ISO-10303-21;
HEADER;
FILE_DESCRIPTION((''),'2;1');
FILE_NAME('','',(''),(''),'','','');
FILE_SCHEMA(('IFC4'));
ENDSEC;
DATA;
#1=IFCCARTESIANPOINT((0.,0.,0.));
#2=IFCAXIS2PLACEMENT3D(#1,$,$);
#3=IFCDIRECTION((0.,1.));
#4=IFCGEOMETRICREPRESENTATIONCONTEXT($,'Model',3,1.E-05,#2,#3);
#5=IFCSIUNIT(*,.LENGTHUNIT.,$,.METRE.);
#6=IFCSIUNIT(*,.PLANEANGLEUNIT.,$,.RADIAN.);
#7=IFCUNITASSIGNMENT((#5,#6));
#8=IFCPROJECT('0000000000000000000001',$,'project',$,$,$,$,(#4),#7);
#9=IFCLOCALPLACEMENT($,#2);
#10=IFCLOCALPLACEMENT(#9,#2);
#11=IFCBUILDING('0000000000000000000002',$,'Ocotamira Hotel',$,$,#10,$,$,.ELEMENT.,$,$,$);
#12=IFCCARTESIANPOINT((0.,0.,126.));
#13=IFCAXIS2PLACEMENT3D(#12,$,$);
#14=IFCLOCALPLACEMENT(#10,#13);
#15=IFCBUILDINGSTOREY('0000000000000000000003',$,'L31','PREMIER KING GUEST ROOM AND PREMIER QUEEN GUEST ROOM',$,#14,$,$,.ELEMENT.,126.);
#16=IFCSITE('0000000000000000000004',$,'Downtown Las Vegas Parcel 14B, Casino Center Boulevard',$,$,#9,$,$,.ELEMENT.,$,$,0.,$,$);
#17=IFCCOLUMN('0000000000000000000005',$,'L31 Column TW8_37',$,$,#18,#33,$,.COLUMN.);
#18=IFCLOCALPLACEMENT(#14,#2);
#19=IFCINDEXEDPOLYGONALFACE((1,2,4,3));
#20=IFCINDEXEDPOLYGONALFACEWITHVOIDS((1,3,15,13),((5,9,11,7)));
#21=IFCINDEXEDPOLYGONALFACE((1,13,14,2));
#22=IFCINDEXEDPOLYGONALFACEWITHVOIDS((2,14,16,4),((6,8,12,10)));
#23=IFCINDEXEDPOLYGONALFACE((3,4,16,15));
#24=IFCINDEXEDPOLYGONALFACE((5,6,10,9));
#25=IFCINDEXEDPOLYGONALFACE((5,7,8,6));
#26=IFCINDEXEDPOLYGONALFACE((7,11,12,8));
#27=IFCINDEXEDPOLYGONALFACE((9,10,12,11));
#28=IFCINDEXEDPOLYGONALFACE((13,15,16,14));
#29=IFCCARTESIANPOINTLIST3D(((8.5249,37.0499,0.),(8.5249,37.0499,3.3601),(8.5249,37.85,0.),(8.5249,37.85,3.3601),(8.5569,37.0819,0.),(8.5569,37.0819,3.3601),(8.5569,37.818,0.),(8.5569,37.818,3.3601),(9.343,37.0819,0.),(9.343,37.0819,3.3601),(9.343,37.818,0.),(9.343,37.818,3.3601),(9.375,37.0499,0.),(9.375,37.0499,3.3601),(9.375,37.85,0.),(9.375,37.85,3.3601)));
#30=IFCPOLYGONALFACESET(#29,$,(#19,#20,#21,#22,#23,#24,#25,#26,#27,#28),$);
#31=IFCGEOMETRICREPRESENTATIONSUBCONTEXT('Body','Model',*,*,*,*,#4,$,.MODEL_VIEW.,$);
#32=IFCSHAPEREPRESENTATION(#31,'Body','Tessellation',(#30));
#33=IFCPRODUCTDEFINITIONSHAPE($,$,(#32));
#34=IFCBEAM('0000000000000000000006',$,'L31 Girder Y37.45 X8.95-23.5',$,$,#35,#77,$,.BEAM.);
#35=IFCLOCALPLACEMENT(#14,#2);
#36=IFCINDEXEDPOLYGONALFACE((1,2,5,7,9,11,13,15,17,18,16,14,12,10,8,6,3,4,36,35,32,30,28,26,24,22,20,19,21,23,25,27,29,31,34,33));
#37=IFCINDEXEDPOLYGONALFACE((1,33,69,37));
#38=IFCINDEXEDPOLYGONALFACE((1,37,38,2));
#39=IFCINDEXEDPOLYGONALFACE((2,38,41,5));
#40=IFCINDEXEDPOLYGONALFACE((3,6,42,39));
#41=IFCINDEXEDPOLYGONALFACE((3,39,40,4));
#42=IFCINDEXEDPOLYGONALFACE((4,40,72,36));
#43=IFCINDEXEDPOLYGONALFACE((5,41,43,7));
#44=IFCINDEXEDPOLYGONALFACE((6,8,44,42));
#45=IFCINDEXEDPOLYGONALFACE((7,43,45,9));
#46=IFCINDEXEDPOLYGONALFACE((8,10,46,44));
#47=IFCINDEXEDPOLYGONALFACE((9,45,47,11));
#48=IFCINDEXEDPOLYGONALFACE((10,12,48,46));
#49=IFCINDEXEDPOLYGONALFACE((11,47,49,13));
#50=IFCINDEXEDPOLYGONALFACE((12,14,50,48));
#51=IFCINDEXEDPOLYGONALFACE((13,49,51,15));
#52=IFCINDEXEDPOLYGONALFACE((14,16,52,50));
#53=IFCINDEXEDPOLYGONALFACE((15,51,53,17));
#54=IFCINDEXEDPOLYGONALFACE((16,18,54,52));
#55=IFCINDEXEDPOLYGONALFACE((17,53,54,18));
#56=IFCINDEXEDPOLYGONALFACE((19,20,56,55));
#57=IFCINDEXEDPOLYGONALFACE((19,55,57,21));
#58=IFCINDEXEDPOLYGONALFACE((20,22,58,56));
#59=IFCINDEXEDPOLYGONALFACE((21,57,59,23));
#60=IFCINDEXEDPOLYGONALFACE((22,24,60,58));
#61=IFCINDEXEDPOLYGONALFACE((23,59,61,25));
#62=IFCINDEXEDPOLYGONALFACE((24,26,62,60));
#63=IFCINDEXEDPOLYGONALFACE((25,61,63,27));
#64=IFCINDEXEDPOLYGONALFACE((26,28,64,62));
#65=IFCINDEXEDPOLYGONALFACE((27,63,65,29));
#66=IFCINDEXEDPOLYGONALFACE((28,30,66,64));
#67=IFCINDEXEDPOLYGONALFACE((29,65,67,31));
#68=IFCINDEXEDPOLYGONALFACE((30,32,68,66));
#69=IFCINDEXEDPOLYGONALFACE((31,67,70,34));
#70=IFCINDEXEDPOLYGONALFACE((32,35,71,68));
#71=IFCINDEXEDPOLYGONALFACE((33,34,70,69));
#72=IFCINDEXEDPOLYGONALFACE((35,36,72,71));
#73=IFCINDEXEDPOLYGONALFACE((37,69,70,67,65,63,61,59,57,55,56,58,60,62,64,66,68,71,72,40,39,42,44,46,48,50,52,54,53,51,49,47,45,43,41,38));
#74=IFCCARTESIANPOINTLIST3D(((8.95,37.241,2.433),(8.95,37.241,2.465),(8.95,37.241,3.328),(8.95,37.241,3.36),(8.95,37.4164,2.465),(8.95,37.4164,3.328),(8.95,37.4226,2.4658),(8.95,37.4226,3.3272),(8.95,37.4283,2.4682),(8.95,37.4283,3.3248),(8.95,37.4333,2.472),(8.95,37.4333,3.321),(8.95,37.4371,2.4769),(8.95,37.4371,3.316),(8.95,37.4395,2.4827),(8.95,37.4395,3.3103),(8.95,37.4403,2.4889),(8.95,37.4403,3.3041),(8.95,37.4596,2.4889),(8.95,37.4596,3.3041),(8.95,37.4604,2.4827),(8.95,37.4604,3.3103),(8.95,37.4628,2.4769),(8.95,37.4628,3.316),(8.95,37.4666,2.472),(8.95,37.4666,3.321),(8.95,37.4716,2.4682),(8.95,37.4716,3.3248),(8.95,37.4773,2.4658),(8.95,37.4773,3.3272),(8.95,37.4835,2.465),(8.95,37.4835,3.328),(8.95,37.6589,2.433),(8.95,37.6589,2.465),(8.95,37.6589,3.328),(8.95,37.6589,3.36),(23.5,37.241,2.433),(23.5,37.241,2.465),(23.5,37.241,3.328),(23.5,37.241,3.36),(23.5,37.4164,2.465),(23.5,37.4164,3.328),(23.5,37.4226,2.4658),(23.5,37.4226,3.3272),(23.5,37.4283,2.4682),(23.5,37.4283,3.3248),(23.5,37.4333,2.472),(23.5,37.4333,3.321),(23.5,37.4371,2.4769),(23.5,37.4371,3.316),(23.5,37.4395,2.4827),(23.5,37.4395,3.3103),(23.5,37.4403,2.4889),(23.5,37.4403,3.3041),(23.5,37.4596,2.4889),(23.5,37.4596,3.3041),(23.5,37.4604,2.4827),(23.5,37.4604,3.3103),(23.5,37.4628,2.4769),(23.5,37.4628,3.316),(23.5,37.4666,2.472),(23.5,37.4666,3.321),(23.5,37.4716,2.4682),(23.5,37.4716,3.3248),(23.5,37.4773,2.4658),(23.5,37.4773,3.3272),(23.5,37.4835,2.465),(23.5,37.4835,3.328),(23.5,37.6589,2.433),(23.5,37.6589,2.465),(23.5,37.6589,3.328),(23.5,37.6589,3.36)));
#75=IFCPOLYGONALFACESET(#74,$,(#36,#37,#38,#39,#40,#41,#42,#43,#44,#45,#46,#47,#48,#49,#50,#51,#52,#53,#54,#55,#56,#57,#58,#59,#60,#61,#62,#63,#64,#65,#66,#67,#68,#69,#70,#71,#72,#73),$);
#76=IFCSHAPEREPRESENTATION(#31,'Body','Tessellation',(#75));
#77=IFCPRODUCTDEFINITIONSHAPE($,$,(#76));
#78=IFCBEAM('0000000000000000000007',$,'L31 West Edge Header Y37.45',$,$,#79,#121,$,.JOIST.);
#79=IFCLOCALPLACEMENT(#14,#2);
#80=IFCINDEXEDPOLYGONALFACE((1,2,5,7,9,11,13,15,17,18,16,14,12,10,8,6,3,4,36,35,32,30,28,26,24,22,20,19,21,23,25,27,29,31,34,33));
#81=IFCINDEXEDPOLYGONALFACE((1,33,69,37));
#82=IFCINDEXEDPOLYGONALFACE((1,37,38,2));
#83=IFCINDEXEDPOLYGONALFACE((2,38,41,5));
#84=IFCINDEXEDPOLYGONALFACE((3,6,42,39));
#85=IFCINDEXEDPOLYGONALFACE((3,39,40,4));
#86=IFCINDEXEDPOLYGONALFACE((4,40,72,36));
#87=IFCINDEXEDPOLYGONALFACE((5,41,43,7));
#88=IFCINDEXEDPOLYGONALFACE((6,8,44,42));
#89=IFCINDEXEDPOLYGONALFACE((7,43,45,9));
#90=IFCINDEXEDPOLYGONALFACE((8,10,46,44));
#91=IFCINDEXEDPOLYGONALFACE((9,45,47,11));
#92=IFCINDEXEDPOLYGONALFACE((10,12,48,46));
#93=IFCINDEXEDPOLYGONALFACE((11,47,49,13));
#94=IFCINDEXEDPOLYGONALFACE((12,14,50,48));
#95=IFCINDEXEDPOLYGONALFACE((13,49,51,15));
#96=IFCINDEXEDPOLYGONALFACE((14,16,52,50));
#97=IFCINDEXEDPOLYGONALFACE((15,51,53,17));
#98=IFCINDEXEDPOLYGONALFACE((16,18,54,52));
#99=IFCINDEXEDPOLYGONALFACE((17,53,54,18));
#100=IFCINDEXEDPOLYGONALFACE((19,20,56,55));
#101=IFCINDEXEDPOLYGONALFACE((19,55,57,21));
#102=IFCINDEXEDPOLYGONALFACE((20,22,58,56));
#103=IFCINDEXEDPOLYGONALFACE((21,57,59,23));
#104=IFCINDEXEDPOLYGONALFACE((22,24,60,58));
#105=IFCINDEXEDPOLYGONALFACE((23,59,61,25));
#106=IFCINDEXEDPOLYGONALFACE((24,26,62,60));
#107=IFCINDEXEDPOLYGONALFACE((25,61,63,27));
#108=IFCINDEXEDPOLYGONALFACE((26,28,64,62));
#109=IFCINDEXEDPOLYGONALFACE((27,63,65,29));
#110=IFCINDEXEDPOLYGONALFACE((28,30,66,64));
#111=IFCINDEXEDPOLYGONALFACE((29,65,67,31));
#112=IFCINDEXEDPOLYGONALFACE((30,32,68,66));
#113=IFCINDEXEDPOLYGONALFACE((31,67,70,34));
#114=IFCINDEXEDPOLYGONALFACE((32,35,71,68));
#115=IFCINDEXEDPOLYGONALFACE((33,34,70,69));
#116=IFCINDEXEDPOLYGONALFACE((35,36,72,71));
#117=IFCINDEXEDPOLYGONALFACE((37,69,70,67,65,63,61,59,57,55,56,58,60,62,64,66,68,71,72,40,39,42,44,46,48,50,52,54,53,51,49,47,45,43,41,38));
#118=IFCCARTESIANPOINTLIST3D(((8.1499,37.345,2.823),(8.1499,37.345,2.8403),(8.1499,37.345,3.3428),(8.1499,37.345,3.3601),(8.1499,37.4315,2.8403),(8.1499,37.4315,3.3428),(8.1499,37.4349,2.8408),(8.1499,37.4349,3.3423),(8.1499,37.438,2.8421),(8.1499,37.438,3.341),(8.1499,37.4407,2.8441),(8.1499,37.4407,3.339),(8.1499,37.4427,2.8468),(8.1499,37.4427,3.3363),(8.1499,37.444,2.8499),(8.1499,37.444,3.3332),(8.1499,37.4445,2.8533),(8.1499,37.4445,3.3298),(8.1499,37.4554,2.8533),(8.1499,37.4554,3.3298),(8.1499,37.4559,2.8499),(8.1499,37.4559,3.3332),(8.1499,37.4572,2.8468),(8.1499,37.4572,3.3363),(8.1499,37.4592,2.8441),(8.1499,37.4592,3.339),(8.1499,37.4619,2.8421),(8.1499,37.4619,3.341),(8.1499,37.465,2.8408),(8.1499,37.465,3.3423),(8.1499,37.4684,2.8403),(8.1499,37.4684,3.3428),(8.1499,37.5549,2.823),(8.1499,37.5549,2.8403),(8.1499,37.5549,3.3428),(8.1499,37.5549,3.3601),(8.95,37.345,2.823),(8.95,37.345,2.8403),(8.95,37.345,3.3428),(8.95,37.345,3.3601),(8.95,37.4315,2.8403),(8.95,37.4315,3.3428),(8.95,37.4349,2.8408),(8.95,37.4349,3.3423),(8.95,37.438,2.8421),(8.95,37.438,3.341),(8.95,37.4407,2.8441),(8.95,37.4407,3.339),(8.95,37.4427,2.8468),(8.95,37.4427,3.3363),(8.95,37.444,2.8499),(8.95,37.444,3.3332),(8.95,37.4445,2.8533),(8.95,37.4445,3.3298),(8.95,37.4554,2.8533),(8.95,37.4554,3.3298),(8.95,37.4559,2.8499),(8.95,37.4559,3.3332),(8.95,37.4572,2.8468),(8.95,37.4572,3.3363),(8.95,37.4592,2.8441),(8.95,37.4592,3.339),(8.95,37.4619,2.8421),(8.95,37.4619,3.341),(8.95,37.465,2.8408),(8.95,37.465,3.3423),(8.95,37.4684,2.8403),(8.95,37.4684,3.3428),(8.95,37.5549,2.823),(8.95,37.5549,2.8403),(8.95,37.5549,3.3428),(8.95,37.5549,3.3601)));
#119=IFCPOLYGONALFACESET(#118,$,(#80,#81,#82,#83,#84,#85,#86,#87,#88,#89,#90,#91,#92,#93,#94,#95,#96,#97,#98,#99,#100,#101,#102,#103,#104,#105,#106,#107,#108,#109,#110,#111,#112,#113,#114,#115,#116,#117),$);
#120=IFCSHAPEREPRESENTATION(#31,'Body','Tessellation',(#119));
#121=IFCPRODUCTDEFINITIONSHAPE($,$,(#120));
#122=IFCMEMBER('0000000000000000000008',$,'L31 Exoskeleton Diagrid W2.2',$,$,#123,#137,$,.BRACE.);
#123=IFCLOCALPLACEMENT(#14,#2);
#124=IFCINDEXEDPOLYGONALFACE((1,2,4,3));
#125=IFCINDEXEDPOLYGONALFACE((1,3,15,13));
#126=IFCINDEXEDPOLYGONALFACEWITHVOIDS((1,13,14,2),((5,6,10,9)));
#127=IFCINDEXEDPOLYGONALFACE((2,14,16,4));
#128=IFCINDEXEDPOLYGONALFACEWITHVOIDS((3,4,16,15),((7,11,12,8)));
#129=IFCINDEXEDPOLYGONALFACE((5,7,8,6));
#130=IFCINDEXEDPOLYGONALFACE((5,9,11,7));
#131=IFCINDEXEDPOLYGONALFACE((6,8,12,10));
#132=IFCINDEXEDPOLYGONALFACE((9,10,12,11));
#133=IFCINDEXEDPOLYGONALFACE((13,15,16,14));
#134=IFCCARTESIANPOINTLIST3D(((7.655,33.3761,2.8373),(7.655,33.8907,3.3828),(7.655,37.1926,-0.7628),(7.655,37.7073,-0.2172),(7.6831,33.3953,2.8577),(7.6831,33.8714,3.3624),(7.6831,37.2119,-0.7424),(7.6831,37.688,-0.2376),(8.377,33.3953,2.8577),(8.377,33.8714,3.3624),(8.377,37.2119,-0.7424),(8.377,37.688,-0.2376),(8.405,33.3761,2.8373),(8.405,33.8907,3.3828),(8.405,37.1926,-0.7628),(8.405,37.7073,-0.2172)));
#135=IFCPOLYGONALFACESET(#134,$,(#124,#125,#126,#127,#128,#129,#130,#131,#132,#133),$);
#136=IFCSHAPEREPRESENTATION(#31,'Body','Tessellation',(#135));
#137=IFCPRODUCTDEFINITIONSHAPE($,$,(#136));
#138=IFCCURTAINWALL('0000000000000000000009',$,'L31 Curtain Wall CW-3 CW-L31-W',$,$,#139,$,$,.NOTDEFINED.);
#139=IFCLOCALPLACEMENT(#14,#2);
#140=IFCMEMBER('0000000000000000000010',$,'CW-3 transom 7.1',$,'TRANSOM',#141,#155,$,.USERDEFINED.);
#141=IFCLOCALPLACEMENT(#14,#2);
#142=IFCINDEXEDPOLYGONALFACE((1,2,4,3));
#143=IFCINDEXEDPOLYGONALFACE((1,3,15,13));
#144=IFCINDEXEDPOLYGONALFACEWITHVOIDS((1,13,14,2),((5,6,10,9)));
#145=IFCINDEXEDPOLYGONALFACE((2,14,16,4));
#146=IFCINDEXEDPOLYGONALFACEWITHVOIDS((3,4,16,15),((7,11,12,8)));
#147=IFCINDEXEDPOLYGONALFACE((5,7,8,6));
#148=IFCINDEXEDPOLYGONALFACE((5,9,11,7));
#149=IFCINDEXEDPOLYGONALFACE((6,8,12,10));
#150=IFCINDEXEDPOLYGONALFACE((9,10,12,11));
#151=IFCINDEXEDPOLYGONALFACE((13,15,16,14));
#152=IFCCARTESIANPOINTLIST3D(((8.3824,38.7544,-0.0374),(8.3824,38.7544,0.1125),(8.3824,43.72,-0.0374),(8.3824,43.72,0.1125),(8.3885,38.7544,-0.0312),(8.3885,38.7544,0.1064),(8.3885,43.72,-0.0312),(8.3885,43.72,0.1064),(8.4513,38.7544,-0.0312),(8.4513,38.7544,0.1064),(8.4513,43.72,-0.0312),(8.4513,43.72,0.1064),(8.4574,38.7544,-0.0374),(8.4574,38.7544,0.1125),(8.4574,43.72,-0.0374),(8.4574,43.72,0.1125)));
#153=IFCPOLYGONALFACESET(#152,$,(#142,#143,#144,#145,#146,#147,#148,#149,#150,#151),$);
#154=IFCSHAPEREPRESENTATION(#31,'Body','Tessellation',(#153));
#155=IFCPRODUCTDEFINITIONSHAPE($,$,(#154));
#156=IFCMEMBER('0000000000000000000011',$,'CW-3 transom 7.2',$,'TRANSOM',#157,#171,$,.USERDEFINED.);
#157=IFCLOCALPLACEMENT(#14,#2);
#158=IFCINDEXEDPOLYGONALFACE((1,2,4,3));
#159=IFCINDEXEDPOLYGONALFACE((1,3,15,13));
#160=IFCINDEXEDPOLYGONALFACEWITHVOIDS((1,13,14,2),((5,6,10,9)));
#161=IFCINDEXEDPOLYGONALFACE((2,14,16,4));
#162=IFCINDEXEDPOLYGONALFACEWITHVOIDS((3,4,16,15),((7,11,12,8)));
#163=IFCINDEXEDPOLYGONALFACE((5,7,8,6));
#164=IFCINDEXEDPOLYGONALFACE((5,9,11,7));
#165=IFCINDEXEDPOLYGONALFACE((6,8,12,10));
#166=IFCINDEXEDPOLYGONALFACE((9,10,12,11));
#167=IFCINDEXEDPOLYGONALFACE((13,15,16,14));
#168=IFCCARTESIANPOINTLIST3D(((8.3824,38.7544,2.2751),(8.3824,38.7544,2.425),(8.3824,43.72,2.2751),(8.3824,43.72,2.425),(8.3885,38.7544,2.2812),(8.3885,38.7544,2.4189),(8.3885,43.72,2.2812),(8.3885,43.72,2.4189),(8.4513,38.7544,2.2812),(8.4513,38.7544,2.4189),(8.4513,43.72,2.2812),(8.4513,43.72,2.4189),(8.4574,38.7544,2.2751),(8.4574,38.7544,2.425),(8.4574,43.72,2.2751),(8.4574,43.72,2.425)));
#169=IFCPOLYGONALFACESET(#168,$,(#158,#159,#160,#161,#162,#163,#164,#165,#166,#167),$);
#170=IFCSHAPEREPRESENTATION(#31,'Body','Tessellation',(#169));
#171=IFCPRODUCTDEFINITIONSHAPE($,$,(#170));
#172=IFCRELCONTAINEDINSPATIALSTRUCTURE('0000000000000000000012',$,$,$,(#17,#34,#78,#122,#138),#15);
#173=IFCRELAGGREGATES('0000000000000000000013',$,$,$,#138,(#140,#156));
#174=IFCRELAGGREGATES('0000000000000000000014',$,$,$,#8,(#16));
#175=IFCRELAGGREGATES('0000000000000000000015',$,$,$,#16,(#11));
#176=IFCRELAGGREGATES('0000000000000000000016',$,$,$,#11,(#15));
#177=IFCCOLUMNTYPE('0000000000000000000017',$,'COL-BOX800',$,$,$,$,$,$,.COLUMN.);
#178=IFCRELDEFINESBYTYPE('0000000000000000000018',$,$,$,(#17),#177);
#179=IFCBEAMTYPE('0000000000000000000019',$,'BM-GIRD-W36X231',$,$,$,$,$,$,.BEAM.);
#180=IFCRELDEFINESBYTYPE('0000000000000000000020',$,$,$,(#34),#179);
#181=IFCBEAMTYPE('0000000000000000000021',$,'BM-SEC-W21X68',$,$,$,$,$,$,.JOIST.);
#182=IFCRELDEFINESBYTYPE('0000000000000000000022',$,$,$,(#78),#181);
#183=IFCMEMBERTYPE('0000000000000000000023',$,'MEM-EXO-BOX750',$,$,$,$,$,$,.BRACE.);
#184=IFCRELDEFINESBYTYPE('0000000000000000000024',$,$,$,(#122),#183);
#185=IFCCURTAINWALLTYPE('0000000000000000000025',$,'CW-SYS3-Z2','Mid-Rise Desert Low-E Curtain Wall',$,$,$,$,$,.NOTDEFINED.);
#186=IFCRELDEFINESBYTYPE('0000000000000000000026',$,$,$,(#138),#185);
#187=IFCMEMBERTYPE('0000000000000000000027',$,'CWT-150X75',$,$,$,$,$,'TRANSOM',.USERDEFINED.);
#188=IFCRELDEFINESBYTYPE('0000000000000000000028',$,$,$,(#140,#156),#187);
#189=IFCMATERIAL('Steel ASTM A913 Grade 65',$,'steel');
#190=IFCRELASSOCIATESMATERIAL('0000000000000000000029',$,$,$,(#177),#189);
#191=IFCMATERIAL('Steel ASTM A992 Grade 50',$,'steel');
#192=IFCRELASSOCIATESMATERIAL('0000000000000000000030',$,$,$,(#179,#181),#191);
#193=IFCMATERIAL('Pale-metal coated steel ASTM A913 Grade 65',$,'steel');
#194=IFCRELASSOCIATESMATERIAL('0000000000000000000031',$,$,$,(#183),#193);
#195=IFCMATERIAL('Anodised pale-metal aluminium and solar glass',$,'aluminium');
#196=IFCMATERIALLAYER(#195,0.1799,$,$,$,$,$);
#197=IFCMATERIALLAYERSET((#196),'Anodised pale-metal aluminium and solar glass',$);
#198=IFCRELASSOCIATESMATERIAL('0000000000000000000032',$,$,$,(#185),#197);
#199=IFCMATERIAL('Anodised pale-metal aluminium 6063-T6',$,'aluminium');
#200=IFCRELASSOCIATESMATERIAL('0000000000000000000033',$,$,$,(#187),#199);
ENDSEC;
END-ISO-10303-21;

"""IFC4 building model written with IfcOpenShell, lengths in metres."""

from ifc_helpers import new_model, si_unit, direction, frame, origin, origin_2d, place, context, subcontext, project, spatial, hollow_rectangle, i_section, extrude, source, transform, mapped, material, layer, layer_set, material_profile, profile_set, type_object, element, aggregate, save


model = new_model("IFC4")

# Units and contexts
model_context = context("Model", 3, precision=1e-05, world=origin(), true_north=direction((0.0, 1.0)))
body_context = subcontext(model_context, "Body", "Model", "MODEL_VIEW")
ifc_project = project(units=[si_unit("LENGTHUNIT", "METRE"), si_unit("PLANEANGLEUNIT", "RADIAN")], contexts=[model_context])

# Site, building, storey
site_placement = place(None, origin())
site = spatial("IfcSite", under=ifc_project, at=site_placement, Name="Downtown Las Vegas Parcel 14B, Casino Center Boulevard", CompositionType="ELEMENT", RefElevation=0.0)
building_placement = place(site_placement, origin())
building = spatial("IfcBuilding", under=site, at=building_placement, Name="Ocotamira Hotel", CompositionType="ELEMENT")
storey_placement = place(building_placement, frame((0.0, 0.0, 126.0)))
storey = spatial("IfcBuildingStorey", under=building, at=storey_placement, Name="L31", Description="PREMIER KING GUEST ROOM AND PREMIER QUEEN GUEST ROOM", CompositionType="ELEMENT", Elevation=126.0)

# Column
ifc_material_1 = material(Name="Steel ASTM A913 Grade 65", Category="steel")
ifc_material_profile_1 = material_profile(ifc_material_1, hollow_rectangle(XDim=0.8501, YDim=0.8, WallThickness=0.032, at=origin_2d()), Name="BOX800X850X32")
ifc_profile_set_1 = profile_set([ifc_material_profile_1], Name="Steel ASTM A913 Grade 65")
column_type = type_object("IfcColumnType", Name="COL-BOX800", PredefinedType="COLUMN", material=ifc_profile_set_1)
shared_shape_1 = source(origin(), body_context, "Body", "SweptSolid", [
    extrude(hollow_rectangle(XDim=0.8501, YDim=0.8, WallThickness=0.032, at=origin_2d()), origin(), (0.0, 0.0, 1.0), 3.3601),
])
column_placement = place(storey_placement, frame((8.95, 37.45, 0.0), z_axis=(0.0, 0.0, 1.0), x_axis=(1.0, 0.0, 0.0)))
element("IfcColumn", 1, at=column_placement, inside=storey, type_object=column_type, Name="L31 Column TW8_37", PredefinedType="COLUMN", context=body_context, shape_type="MappedRepresentation", body=[
    mapped(shared_shape_1, transform((0.0, 0.0, 0.0), scale=1.0)),
])

# Beams
ifc_material_2 = material(Name="Steel ASTM A992 Grade 50", Category="steel")
ifc_material_profile_2 = material_profile(ifc_material_2, i_section(OverallWidth=0.418, OverallDepth=0.927, WebThickness=0.0193, FlangeThickness=0.032, FilletRadius=0.0239, at=origin_2d()), Name="W36X231")
ifc_profile_set_2 = profile_set([ifc_material_profile_2], Name="Steel ASTM A992 Grade 50")
beam_type_1 = type_object("IfcBeamType", Name="BM-GIRD-W36X231", PredefinedType="BEAM", material=ifc_profile_set_2)
shared_shape_2 = source(origin(), body_context, "Body", "SweptSolid", [
    extrude(i_section(OverallWidth=0.418, OverallDepth=0.927, WebThickness=0.0193, FlangeThickness=0.032, FilletRadius=0.0239, at=origin_2d()), origin(), (0.0, 0.0, 1.0), 14.55),
])
beam_1_placement = place(storey_placement, frame((8.95, 37.45, 2.8965), z_axis=(1.0, 0.0, 0.0), x_axis=(0.0, 1.0, 0.0)))
element("IfcBeam", 2, at=beam_1_placement, inside=storey, type_object=beam_type_1, Name="L31 Girder Y37.45 X8.95-23.5", PredefinedType="BEAM", context=body_context, shape_type="MappedRepresentation", body=[
    mapped(shared_shape_2, transform((0.0, 0.0, 0.0), scale=1.0)),
])
ifc_material_profile_3 = material_profile(ifc_material_2, i_section(OverallWidth=0.21, OverallDepth=0.5371, WebThickness=0.011, FlangeThickness=0.0173, FilletRadius=0.0129, at=origin_2d()), Name="W21X68")
ifc_profile_set_3 = profile_set([ifc_material_profile_3], Name="Steel ASTM A992 Grade 50")
beam_type_2 = type_object("IfcBeamType", Name="BM-SEC-W21X68", PredefinedType="JOIST", material=ifc_profile_set_3)
shared_shape_3 = source(origin(), body_context, "Body", "SweptSolid", [
    extrude(i_section(OverallWidth=0.21, OverallDepth=0.5371, WebThickness=0.011, FlangeThickness=0.0173, FilletRadius=0.0129, at=origin_2d()), origin(), (0.0, 0.0, 1.0), 0.8),
])
beam_2_placement = place(storey_placement, frame((8.95, 37.45, 3.0916), z_axis=(-1.0, 0.0, 0.0), x_axis=(0.0, -1.0, 0.0)))
element("IfcBeam", 3, at=beam_2_placement, inside=storey, type_object=beam_type_2, Name="L31 West Edge Header Y37.45", PredefinedType="JOIST", context=body_context, shape_type="MappedRepresentation", body=[
    mapped(shared_shape_3, transform((0.0, 0.0, 0.0), scale=1.0)),
])

# Member
ifc_material_3 = material(Name="Pale-metal coated steel ASTM A913 Grade 65", Category="steel")
ifc_material_profile_4 = material_profile(ifc_material_3, hollow_rectangle(XDim=0.75, YDim=0.75, WallThickness=0.0281, at=origin_2d()), Name="BOX750X750X28")
ifc_profile_set_4 = profile_set([ifc_material_profile_4], Name="Pale-metal coated steel ASTM A913 Grade 65")
member_type_1 = type_object("IfcMemberType", Name="MEM-EXO-BOX750", PredefinedType="BRACE", material=ifc_profile_set_4)
shared_shape_4 = source(origin(), body_context, "Body", "SweptSolid", [
    extrude(hollow_rectangle(XDim=0.75, YDim=0.75, WallThickness=0.0281, at=origin_2d()), origin(), (0.0, 0.0, 1.0), 5.2466),
])
member_1_placement = place(storey_placement, frame((8.03, 37.45, -0.49), z_axis=(0.0, -0.727443, 0.686168), x_axis=(1.0, 0.0, 0.0)))
element("IfcMember", 4, at=member_1_placement, inside=storey, type_object=member_type_1, Name="L31 Exoskeleton Diagrid W2.2", PredefinedType="BRACE", context=body_context, shape_type="MappedRepresentation", body=[
    mapped(shared_shape_4, transform((0.0, 0.0, 0.0), scale=1.0)),
])

# Curtain wall, members
ifc_material_4 = material(Name="Anodised pale-metal aluminium and solar glass", Category="aluminium")
ifc_layer_1 = layer(ifc_material_4, 0.1799)
ifc_layer_set_1 = layer_set([ifc_layer_1], Name="Anodised pale-metal aluminium and solar glass")
curtain_wall_type = type_object("IfcCurtainWallType", Name="CW-SYS3-Z2", Description="Mid-Rise Desert Low-E Curtain Wall", PredefinedType="NOTDEFINED", material=ifc_layer_set_1)
curtain_wall_placement = place(storey_placement, origin())
curtain_wall = element("IfcCurtainWall", 5, at=curtain_wall_placement, inside=storey, type_object=curtain_wall_type, Name="L31 Curtain Wall CW-3 CW-L31-W", PredefinedType="NOTDEFINED")
ifc_material_5 = material(Name="Anodised pale-metal aluminium 6063-T6", Category="aluminium")
ifc_material_profile_5 = material_profile(ifc_material_5, hollow_rectangle(XDim=0.075, YDim=0.1499, WallThickness=0.0061, at=origin_2d()), Name="HSS150X75X6")
ifc_profile_set_5 = profile_set([ifc_material_profile_5], Name="Anodised pale-metal aluminium 6063-T6")
member_type_2 = type_object("IfcMemberType", Name="CWT-150X75", ElementType="TRANSOM", PredefinedType="USERDEFINED", material=ifc_profile_set_5)
shared_shape_5 = source(origin(), body_context, "Body", "SweptSolid", [
    extrude(hollow_rectangle(XDim=0.075, YDim=0.1499, WallThickness=0.0061, at=origin_2d()), origin(), (0.0, 0.0, 1.0), 4.9656),
])
member_2_placement = place(storey_placement, frame((8.4199, 38.7544, 0.0376), z_axis=(0.0, 1.0, 0.0), x_axis=(-1.0, 0.0, 0.0)))
member_2 = element("IfcMember", 6, at=member_2_placement, type_object=member_type_2, Name="CW-3 transom 7.1", ObjectType="TRANSOM", PredefinedType="USERDEFINED", context=body_context, shape_type="MappedRepresentation", body=[
    mapped(shared_shape_5, transform((0.0, 0.0, 0.0), scale=1.0)),
])
member_3_placement = place(storey_placement, frame((8.4199, 38.7544, 2.3501), z_axis=(0.0, 1.0, 0.0), x_axis=(-1.0, 0.0, 0.0)))
member_3 = element("IfcMember", 7, at=member_3_placement, type_object=member_type_2, Name="CW-3 transom 7.2", ObjectType="TRANSOM", PredefinedType="USERDEFINED", context=body_context, shape_type="MappedRepresentation", body=[
    mapped(shared_shape_5, transform((0.0, 0.0, 0.0), scale=1.0)),
])
aggregate(curtain_wall, [member_2, member_3])

save(model, "model.ifc")
